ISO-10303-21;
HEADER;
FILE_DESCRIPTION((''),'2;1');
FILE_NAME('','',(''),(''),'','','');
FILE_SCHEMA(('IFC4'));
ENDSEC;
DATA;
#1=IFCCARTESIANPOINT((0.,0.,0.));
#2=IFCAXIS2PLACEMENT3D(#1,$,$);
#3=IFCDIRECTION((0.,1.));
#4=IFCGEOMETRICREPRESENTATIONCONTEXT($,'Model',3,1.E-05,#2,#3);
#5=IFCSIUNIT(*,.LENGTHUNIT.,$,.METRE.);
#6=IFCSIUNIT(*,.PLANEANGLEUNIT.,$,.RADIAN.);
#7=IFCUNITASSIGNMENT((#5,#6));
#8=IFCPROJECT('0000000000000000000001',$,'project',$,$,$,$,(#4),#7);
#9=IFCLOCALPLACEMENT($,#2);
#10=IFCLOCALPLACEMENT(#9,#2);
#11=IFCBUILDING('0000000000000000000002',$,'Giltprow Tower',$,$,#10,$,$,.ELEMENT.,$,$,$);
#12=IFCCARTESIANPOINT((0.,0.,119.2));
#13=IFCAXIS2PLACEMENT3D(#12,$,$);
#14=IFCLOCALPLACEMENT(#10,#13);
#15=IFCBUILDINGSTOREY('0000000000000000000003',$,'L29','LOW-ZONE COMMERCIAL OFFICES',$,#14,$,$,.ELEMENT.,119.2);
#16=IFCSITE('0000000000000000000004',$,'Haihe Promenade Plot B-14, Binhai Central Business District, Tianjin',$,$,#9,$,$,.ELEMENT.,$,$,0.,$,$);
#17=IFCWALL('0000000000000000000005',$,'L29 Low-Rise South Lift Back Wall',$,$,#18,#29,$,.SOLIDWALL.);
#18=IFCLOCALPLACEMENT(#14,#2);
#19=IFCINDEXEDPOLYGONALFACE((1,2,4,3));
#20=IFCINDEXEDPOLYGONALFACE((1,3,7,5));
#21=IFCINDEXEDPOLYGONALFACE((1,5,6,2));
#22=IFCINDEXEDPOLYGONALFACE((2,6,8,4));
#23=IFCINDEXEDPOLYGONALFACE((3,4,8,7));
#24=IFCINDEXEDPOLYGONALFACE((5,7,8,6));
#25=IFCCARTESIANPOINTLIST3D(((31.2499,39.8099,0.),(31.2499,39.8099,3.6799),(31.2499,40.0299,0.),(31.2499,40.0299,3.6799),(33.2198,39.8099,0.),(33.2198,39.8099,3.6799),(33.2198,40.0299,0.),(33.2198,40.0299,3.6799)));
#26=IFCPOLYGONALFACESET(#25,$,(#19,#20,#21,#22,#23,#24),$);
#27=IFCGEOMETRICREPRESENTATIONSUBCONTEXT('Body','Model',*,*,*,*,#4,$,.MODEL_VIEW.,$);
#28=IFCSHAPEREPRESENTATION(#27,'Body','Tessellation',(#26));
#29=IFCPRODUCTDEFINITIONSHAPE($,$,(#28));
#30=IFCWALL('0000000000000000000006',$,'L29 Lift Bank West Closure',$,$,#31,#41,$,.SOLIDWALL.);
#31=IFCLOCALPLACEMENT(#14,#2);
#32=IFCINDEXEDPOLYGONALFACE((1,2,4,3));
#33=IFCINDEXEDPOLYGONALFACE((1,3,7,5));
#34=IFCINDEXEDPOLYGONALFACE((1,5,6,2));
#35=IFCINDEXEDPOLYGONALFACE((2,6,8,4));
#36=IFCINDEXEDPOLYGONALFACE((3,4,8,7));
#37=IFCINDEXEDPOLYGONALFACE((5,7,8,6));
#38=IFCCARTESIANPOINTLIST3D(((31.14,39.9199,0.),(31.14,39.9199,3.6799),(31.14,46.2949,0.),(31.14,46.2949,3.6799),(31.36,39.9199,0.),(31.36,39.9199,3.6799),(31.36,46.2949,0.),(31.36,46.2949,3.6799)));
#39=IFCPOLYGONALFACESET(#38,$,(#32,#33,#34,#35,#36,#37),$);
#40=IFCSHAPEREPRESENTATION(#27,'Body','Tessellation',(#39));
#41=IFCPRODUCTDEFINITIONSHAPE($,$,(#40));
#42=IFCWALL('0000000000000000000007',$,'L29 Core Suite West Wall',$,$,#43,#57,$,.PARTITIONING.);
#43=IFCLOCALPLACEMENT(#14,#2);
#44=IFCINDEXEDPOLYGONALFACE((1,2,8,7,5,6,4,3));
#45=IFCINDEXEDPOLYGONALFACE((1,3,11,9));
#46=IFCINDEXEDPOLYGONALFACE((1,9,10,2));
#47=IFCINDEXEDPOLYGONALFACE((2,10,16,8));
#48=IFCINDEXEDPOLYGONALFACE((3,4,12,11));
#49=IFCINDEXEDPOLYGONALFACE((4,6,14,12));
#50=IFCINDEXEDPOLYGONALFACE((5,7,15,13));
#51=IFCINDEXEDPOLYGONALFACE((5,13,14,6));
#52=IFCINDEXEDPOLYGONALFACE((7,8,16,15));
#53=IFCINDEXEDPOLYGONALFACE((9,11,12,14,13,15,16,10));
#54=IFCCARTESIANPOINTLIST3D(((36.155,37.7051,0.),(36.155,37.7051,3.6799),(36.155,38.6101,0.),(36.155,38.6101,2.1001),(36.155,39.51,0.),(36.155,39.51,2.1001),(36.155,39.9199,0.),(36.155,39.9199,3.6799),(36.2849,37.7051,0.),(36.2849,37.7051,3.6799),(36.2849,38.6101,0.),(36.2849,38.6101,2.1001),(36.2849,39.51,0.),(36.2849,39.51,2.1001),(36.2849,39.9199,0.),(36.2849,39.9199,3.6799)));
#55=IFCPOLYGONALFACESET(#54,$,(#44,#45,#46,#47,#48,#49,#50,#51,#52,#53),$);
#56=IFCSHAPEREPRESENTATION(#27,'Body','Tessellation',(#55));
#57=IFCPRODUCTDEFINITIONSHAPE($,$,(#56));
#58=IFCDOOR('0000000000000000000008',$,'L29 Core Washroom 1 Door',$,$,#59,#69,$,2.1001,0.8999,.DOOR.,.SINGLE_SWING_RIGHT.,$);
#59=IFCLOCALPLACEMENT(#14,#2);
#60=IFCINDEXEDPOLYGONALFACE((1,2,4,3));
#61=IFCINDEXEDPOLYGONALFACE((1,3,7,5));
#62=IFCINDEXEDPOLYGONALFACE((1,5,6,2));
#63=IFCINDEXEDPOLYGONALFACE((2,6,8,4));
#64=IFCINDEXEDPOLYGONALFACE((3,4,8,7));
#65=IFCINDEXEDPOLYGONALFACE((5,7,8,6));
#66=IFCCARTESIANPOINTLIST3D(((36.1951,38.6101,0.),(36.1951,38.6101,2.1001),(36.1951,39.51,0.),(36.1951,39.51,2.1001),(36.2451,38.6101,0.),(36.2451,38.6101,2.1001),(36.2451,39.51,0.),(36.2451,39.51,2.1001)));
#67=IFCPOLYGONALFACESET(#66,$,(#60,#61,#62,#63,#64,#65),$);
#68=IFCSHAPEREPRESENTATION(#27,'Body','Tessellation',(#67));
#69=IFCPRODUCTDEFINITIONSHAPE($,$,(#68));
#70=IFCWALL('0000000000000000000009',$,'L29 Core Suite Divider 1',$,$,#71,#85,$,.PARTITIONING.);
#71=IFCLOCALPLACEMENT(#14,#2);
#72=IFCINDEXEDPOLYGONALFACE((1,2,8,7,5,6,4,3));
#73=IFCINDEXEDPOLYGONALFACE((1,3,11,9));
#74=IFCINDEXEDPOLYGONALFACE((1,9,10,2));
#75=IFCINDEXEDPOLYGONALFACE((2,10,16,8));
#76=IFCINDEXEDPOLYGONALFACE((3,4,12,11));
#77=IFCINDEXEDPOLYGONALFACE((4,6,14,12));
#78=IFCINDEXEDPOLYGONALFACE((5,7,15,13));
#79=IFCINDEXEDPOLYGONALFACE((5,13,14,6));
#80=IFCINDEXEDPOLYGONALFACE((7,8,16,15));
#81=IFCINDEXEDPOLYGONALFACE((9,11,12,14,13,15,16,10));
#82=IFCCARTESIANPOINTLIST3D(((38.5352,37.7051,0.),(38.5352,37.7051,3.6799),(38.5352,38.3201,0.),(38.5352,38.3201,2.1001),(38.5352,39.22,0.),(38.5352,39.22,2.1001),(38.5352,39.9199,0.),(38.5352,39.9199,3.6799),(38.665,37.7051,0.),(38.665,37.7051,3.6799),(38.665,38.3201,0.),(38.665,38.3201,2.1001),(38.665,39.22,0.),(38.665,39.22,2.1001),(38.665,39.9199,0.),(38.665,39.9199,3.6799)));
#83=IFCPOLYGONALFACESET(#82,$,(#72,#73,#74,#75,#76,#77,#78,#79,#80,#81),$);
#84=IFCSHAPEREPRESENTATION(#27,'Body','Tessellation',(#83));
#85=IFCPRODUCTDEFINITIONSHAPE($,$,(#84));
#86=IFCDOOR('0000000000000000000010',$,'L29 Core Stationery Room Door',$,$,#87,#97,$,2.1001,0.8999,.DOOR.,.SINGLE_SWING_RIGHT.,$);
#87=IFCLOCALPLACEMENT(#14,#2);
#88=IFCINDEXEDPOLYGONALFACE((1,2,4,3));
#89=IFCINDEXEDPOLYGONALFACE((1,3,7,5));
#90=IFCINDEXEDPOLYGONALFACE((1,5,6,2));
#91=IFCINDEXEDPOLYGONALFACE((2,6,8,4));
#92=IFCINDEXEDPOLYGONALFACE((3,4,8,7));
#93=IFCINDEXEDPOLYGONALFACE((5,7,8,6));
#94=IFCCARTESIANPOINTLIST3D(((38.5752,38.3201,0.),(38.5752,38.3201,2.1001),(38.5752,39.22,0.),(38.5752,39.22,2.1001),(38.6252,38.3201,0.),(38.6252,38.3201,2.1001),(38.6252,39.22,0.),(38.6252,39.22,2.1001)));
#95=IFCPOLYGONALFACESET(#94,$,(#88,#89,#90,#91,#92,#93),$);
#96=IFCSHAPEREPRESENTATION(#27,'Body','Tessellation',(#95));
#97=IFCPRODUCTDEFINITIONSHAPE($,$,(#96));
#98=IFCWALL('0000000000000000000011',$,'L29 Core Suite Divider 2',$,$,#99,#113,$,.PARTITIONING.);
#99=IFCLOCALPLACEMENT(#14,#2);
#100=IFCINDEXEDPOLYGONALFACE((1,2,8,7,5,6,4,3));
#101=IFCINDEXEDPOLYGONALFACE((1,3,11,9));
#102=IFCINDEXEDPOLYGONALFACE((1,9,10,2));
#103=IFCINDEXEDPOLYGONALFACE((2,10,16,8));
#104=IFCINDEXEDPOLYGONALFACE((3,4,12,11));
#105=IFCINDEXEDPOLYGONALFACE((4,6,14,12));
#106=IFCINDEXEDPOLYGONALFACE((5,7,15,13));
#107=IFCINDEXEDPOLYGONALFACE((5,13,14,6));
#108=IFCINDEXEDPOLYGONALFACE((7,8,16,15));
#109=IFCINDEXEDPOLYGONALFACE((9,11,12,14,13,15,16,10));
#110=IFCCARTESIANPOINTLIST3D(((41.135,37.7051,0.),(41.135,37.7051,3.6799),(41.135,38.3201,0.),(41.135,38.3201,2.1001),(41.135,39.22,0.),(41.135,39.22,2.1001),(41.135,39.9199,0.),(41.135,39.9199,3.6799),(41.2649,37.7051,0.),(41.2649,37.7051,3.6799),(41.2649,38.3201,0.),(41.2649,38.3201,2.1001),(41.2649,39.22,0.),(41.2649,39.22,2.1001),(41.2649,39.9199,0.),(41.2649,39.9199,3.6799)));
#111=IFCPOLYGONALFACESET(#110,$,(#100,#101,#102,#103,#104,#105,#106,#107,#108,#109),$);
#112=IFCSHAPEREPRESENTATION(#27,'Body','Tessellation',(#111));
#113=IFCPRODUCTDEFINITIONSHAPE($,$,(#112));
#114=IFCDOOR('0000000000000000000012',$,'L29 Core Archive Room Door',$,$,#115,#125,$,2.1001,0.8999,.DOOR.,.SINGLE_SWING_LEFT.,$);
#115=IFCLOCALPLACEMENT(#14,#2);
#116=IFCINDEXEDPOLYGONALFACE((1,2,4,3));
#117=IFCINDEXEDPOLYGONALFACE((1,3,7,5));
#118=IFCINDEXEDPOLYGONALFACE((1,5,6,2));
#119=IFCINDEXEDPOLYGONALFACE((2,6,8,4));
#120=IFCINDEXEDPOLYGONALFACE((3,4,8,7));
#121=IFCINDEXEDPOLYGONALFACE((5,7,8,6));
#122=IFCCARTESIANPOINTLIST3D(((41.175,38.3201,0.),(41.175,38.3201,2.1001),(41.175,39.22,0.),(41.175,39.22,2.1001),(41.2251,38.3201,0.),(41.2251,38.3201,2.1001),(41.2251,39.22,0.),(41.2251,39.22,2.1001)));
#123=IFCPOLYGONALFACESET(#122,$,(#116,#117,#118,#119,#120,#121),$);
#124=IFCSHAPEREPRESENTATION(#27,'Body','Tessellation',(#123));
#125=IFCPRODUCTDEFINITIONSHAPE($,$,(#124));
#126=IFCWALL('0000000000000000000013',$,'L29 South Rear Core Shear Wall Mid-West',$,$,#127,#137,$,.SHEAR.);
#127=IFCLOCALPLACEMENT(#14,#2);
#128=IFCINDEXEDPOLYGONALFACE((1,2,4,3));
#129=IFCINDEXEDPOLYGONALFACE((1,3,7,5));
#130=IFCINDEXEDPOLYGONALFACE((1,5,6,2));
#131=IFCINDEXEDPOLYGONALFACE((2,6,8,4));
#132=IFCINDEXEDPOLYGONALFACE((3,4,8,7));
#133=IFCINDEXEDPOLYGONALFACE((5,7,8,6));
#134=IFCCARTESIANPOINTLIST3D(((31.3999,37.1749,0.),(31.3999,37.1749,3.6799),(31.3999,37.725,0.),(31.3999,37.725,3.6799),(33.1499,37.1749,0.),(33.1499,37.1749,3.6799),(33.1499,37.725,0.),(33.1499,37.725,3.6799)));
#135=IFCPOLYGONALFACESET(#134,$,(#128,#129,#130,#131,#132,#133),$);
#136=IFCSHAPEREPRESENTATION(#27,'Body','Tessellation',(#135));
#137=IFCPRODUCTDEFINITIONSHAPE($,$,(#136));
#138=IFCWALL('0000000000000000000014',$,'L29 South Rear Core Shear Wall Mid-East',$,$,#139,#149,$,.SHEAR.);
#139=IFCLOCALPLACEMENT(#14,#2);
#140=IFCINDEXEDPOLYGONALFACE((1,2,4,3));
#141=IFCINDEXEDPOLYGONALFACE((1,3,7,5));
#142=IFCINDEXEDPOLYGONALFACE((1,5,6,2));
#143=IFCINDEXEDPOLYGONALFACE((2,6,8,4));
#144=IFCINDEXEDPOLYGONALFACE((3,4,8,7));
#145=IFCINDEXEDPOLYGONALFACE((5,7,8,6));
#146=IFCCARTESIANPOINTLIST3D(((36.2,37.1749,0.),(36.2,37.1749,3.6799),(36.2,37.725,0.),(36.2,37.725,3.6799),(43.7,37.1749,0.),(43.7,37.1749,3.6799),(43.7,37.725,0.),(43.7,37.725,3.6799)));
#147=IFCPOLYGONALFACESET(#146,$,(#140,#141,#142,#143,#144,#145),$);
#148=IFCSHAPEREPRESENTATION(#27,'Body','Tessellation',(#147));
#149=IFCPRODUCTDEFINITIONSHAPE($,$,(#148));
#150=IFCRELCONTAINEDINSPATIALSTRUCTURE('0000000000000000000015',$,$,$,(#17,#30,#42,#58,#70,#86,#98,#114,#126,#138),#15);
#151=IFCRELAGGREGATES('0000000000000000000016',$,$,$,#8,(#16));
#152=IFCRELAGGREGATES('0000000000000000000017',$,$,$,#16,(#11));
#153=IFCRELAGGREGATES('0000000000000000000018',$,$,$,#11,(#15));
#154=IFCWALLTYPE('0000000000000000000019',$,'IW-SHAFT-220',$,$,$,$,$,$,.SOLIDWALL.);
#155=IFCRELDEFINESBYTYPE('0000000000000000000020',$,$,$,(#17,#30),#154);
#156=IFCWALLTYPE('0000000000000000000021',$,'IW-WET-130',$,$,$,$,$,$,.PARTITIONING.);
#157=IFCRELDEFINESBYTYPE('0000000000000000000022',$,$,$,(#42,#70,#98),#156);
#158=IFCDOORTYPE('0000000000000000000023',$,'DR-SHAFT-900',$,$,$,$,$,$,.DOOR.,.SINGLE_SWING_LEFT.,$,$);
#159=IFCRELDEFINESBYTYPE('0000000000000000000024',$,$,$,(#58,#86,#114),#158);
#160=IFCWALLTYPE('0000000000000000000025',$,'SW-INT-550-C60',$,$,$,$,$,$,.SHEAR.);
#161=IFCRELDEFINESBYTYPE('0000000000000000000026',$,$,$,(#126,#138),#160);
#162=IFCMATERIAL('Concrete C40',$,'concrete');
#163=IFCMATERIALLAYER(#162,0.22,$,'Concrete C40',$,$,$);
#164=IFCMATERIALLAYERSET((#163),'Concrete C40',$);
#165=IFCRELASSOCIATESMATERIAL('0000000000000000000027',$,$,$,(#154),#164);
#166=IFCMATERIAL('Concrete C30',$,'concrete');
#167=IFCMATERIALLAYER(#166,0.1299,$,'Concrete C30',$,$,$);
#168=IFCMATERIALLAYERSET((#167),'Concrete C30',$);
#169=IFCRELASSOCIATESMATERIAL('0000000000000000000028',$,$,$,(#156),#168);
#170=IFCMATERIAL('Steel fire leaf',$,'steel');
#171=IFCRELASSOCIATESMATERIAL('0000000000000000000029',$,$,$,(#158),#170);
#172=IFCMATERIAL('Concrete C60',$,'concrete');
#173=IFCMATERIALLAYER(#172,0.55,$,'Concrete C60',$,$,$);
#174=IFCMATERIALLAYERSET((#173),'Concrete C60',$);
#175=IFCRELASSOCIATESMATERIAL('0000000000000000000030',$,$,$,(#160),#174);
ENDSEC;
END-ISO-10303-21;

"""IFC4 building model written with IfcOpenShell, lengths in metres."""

from ifc_helpers import new_model, si_unit, direction, frame, frame_2d, origin, place, context, subcontext, project, spatial, rectangle, extrude, source, transform, mapped, material, layer, layer_set, type_object, element, fill, save


model = new_model("IFC4")

# Units and contexts
model_context = context("Model", 3, precision=1e-05, world=origin(), true_north=direction((0.0, 1.0)))
body_context = subcontext(model_context, "Body", "Model", "MODEL_VIEW")
ifc_project = project(units=[si_unit("LENGTHUNIT", "METRE"), si_unit("PLANEANGLEUNIT", "RADIAN")], contexts=[model_context])

# Site, building, storey
site_placement = place(None, origin())
site = spatial("IfcSite", under=ifc_project, at=site_placement, Name="Haihe Promenade Plot B-14, Binhai Central Business District, Tianjin", CompositionType="ELEMENT", RefElevation=0.0)
building_placement = place(site_placement, origin())
building = spatial("IfcBuilding", under=site, at=building_placement, Name="Giltprow Tower", CompositionType="ELEMENT")
storey_placement = place(building_placement, frame((0.0, 0.0, 119.2)))
storey = spatial("IfcBuildingStorey", under=building, at=storey_placement, Name="L29", Description="LOW-ZONE COMMERCIAL OFFICES", CompositionType="ELEMENT", Elevation=119.2)

# Shared definitions
ifc_material_1 = material(Name="Concrete C60", Category="concrete")

# Walls
ifc_material_2 = material(Name="Concrete C40", Category="concrete")
ifc_layer_1 = layer(ifc_material_2, 0.22, Name="Concrete C40")
ifc_layer_set_1 = layer_set([ifc_layer_1], Name="Concrete C40")
wall_type_1 = type_object("IfcWallType", Name="IW-SHAFT-220", PredefinedType="SOLIDWALL", material=ifc_layer_set_1)
wall_1_placement = place(storey_placement, frame((31.25, 39.9199, 0.0), z_axis=(0.0, 0.0, 1.0), x_axis=(1.0, 0.0, 0.0)))
element("IfcWall", 1, at=wall_1_placement, inside=storey, type_object=wall_type_1, Name="L29 Low-Rise South Lift Back Wall", PredefinedType="SOLIDWALL", context=body_context, shape_type="SweptSolid", body=[
    extrude(rectangle(XDim=1.97, YDim=0.22, at=frame_2d((0.9849, 0.0))), origin(), (0.0, 0.0, 1.0), 3.6799),
])
wall_2_placement = place(storey_placement, frame((31.25, 39.9199, 0.0), z_axis=(0.0, 0.0, 1.0), x_axis=(0.0, 1.0, 0.0)))
element("IfcWall", 2, at=wall_2_placement, inside=storey, type_object=wall_type_1, Name="L29 Lift Bank West Closure", PredefinedType="SOLIDWALL", context=body_context, shape_type="SweptSolid", body=[
    extrude(rectangle(XDim=6.375, YDim=0.22, at=frame_2d((3.1875, 0.0))), origin(), (0.0, 0.0, 1.0), 3.6799),
])

# Walls, openings, doors
ifc_material_3 = material(Name="Concrete C30", Category="concrete")
ifc_layer_2 = layer(ifc_material_3, 0.1299, Name="Concrete C30")
ifc_layer_set_2 = layer_set([ifc_layer_2], Name="Concrete C30")
wall_type_2 = type_object("IfcWallType", Name="IW-WET-130", PredefinedType="PARTITIONING", material=ifc_layer_set_2)
wall_3_placement = place(storey_placement, frame((36.22, 37.7051, 0.0), z_axis=(0.0, 0.0, 1.0), x_axis=(0.0, 1.0, 0.0)))
wall_3 = element("IfcWall", 3, at=wall_3_placement, inside=storey, type_object=wall_type_2, Name="L29 Core Suite West Wall", PredefinedType="PARTITIONING", context=body_context, shape_type="SweptSolid", body=[
    extrude(rectangle(XDim=2.2148, YDim=0.1299, at=frame_2d((1.1074, 0.0))), origin(), (0.0, 0.0, 1.0), 3.6799),
])
opening_1_placement = place(wall_3_placement, frame((0.905, 0.0, 0.0)))
opening_1 = element("IfcOpeningElement", 4, at=opening_1_placement, cuts=wall_3, PredefinedType="OPENING", context=body_context, shape_type="SweptSolid", body=[
    extrude(rectangle(XDim=0.8999, YDim=2.1001, at=frame_2d((0.45, 1.05))), frame((0.0, 0.075, 0.0), z_axis=(0.0, -1.0, 0.0), x_axis=(1.0, 0.0, 0.0)), (0.0, 0.0, 1.0), 0.1499),
])
ifc_material_4 = material(Name="Steel fire leaf", Category="steel")
door_type_1 = type_object("IfcDoorType", Name="DR-SHAFT-900", OperationType="SINGLE_SWING_LEFT", PredefinedType="DOOR", material=ifc_material_4)
shared_shape_1 = source(origin(), body_context, "Body", "SweptSolid", [
    extrude(rectangle(XDim=0.8999, YDim=2.1001, at=frame_2d((0.45, 1.05))), frame((0.0, 0.0249, 0.0), z_axis=(0.0, -1.0, 0.0), x_axis=(1.0, 0.0, 0.0)), (0.0, 0.0, 1.0), 0.05),
])
door_1_placement = place(opening_1_placement, origin())
door_1 = element("IfcDoor", 5, at=door_1_placement, inside=storey, type_object=door_type_1, Name="L29 Core Washroom 1 Door", OperationType="SINGLE_SWING_RIGHT", OverallHeight=2.1001, OverallWidth=0.8999, PredefinedType="DOOR", context=body_context, shape_type="MappedRepresentation", body=[
    mapped(shared_shape_1, transform((0.0, 0.0, 0.0), x_axis=(1.0, 0.0, 0.0), y_axis=(0.0, 1.0, 0.0), z_axis=(0.0, 0.0, 1.0), scale=1.0)),
])
fill(opening_1, door_1)
wall_4_placement = place(storey_placement, frame((38.6001, 37.7051, 0.0), z_axis=(0.0, 0.0, 1.0), x_axis=(0.0, 1.0, 0.0)))
wall_4 = element("IfcWall", 6, at=wall_4_placement, inside=storey, type_object=wall_type_2, Name="L29 Core Suite Divider 1", PredefinedType="PARTITIONING", context=body_context, shape_type="SweptSolid", body=[
    extrude(rectangle(XDim=2.2148, YDim=0.1299, at=frame_2d((1.1074, 0.0))), origin(), (0.0, 0.0, 1.0), 3.6799),
])
opening_2_placement = place(wall_4_placement, frame((0.615, 0.0, 0.0)))
opening_2 = element("IfcOpeningElement", 7, at=opening_2_placement, cuts=wall_4, PredefinedType="OPENING", context=body_context, shape_type="SweptSolid", body=[
    extrude(rectangle(XDim=0.8999, YDim=2.1001, at=frame_2d((0.45, 1.05))), frame((0.0, 0.075, 0.0), z_axis=(0.0, -1.0, 0.0), x_axis=(1.0, 0.0, 0.0)), (0.0, 0.0, 1.0), 0.1499),
])
door_2_placement = place(opening_2_placement, origin())
door_2 = element("IfcDoor", 8, at=door_2_placement, inside=storey, type_object=door_type_1, Name="L29 Core Stationery Room Door", OperationType="SINGLE_SWING_RIGHT", OverallHeight=2.1001, OverallWidth=0.8999, PredefinedType="DOOR", context=body_context, shape_type="MappedRepresentation", body=[
    mapped(shared_shape_1, transform((0.0, 0.0, 0.0), x_axis=(1.0, 0.0, 0.0), y_axis=(0.0, 1.0, 0.0), z_axis=(0.0, 0.0, 1.0), scale=1.0)),
])
fill(opening_2, door_2)
wall_5_placement = place(storey_placement, frame((41.2, 37.7051, 0.0), z_axis=(0.0, 0.0, 1.0), x_axis=(0.0, 1.0, 0.0)))
wall_5 = element("IfcWall", 9, at=wall_5_placement, inside=storey, type_object=wall_type_2, Name="L29 Core Suite Divider 2", PredefinedType="PARTITIONING", context=body_context, shape_type="SweptSolid", body=[
    extrude(rectangle(XDim=2.2148, YDim=0.1299, at=frame_2d((1.1074, 0.0))), origin(), (0.0, 0.0, 1.0), 3.6799),
])
opening_3_placement = place(wall_5_placement, frame((0.615, 0.0, 0.0)))
opening_3 = element("IfcOpeningElement", 10, at=opening_3_placement, cuts=wall_5, PredefinedType="OPENING", context=body_context, shape_type="SweptSolid", body=[
    extrude(rectangle(XDim=0.8999, YDim=2.1001, at=frame_2d((0.45, 1.05))), frame((0.0, 0.075, 0.0), z_axis=(0.0, -1.0, 0.0), x_axis=(1.0, 0.0, 0.0)), (0.0, 0.0, 1.0), 0.1499),
])
door_3_placement = place(opening_3_placement, origin())
door_3 = element("IfcDoor", 11, at=door_3_placement, inside=storey, type_object=door_type_1, Name="L29 Core Archive Room Door", OperationType="SINGLE_SWING_LEFT", OverallHeight=2.1001, OverallWidth=0.8999, PredefinedType="DOOR", context=body_context, shape_type="MappedRepresentation", body=[
    mapped(shared_shape_1, transform((0.0, 0.0, 0.0), x_axis=(1.0, 0.0, 0.0), y_axis=(0.0, 1.0, 0.0), z_axis=(0.0, 0.0, 1.0), scale=1.0)),
])
fill(opening_3, door_3)

# Walls
ifc_layer_3 = layer(ifc_material_1, 0.55, Name="Concrete C60")
ifc_layer_set_3 = layer_set([ifc_layer_3], Name="Concrete C60")
wall_type_3 = type_object("IfcWallType", Name="SW-INT-550-C60", PredefinedType="SHEAR", material=ifc_layer_set_3)
wall_6_placement = place(storey_placement, frame((31.3999, 37.45, 0.0), z_axis=(0.0, 0.0, 1.0), x_axis=(1.0, 0.0, 0.0)))
element("IfcWall", 12, at=wall_6_placement, inside=storey, type_object=wall_type_3, Name="L29 South Rear Core Shear Wall Mid-West", PredefinedType="SHEAR", context=body_context, shape_type="SweptSolid", body=[
    extrude(rectangle(XDim=1.75, YDim=0.55, at=frame_2d((0.875, 0.0))), origin(), (0.0, 0.0, 1.0), 3.6799),
])
wall_7_placement = place(storey_placement, frame((36.2, 37.45, 0.0), z_axis=(0.0, 0.0, 1.0), x_axis=(1.0, 0.0, 0.0)))
element("IfcWall", 13, at=wall_7_placement, inside=storey, type_object=wall_type_3, Name="L29 South Rear Core Shear Wall Mid-East", PredefinedType="SHEAR", context=body_context, shape_type="SweptSolid", body=[
    extrude(rectangle(XDim=7.5, YDim=0.55, at=frame_2d((3.75, 0.0))), origin(), (0.0, 0.0, 1.0), 3.6799),
])

save(model, "model.ifc")
